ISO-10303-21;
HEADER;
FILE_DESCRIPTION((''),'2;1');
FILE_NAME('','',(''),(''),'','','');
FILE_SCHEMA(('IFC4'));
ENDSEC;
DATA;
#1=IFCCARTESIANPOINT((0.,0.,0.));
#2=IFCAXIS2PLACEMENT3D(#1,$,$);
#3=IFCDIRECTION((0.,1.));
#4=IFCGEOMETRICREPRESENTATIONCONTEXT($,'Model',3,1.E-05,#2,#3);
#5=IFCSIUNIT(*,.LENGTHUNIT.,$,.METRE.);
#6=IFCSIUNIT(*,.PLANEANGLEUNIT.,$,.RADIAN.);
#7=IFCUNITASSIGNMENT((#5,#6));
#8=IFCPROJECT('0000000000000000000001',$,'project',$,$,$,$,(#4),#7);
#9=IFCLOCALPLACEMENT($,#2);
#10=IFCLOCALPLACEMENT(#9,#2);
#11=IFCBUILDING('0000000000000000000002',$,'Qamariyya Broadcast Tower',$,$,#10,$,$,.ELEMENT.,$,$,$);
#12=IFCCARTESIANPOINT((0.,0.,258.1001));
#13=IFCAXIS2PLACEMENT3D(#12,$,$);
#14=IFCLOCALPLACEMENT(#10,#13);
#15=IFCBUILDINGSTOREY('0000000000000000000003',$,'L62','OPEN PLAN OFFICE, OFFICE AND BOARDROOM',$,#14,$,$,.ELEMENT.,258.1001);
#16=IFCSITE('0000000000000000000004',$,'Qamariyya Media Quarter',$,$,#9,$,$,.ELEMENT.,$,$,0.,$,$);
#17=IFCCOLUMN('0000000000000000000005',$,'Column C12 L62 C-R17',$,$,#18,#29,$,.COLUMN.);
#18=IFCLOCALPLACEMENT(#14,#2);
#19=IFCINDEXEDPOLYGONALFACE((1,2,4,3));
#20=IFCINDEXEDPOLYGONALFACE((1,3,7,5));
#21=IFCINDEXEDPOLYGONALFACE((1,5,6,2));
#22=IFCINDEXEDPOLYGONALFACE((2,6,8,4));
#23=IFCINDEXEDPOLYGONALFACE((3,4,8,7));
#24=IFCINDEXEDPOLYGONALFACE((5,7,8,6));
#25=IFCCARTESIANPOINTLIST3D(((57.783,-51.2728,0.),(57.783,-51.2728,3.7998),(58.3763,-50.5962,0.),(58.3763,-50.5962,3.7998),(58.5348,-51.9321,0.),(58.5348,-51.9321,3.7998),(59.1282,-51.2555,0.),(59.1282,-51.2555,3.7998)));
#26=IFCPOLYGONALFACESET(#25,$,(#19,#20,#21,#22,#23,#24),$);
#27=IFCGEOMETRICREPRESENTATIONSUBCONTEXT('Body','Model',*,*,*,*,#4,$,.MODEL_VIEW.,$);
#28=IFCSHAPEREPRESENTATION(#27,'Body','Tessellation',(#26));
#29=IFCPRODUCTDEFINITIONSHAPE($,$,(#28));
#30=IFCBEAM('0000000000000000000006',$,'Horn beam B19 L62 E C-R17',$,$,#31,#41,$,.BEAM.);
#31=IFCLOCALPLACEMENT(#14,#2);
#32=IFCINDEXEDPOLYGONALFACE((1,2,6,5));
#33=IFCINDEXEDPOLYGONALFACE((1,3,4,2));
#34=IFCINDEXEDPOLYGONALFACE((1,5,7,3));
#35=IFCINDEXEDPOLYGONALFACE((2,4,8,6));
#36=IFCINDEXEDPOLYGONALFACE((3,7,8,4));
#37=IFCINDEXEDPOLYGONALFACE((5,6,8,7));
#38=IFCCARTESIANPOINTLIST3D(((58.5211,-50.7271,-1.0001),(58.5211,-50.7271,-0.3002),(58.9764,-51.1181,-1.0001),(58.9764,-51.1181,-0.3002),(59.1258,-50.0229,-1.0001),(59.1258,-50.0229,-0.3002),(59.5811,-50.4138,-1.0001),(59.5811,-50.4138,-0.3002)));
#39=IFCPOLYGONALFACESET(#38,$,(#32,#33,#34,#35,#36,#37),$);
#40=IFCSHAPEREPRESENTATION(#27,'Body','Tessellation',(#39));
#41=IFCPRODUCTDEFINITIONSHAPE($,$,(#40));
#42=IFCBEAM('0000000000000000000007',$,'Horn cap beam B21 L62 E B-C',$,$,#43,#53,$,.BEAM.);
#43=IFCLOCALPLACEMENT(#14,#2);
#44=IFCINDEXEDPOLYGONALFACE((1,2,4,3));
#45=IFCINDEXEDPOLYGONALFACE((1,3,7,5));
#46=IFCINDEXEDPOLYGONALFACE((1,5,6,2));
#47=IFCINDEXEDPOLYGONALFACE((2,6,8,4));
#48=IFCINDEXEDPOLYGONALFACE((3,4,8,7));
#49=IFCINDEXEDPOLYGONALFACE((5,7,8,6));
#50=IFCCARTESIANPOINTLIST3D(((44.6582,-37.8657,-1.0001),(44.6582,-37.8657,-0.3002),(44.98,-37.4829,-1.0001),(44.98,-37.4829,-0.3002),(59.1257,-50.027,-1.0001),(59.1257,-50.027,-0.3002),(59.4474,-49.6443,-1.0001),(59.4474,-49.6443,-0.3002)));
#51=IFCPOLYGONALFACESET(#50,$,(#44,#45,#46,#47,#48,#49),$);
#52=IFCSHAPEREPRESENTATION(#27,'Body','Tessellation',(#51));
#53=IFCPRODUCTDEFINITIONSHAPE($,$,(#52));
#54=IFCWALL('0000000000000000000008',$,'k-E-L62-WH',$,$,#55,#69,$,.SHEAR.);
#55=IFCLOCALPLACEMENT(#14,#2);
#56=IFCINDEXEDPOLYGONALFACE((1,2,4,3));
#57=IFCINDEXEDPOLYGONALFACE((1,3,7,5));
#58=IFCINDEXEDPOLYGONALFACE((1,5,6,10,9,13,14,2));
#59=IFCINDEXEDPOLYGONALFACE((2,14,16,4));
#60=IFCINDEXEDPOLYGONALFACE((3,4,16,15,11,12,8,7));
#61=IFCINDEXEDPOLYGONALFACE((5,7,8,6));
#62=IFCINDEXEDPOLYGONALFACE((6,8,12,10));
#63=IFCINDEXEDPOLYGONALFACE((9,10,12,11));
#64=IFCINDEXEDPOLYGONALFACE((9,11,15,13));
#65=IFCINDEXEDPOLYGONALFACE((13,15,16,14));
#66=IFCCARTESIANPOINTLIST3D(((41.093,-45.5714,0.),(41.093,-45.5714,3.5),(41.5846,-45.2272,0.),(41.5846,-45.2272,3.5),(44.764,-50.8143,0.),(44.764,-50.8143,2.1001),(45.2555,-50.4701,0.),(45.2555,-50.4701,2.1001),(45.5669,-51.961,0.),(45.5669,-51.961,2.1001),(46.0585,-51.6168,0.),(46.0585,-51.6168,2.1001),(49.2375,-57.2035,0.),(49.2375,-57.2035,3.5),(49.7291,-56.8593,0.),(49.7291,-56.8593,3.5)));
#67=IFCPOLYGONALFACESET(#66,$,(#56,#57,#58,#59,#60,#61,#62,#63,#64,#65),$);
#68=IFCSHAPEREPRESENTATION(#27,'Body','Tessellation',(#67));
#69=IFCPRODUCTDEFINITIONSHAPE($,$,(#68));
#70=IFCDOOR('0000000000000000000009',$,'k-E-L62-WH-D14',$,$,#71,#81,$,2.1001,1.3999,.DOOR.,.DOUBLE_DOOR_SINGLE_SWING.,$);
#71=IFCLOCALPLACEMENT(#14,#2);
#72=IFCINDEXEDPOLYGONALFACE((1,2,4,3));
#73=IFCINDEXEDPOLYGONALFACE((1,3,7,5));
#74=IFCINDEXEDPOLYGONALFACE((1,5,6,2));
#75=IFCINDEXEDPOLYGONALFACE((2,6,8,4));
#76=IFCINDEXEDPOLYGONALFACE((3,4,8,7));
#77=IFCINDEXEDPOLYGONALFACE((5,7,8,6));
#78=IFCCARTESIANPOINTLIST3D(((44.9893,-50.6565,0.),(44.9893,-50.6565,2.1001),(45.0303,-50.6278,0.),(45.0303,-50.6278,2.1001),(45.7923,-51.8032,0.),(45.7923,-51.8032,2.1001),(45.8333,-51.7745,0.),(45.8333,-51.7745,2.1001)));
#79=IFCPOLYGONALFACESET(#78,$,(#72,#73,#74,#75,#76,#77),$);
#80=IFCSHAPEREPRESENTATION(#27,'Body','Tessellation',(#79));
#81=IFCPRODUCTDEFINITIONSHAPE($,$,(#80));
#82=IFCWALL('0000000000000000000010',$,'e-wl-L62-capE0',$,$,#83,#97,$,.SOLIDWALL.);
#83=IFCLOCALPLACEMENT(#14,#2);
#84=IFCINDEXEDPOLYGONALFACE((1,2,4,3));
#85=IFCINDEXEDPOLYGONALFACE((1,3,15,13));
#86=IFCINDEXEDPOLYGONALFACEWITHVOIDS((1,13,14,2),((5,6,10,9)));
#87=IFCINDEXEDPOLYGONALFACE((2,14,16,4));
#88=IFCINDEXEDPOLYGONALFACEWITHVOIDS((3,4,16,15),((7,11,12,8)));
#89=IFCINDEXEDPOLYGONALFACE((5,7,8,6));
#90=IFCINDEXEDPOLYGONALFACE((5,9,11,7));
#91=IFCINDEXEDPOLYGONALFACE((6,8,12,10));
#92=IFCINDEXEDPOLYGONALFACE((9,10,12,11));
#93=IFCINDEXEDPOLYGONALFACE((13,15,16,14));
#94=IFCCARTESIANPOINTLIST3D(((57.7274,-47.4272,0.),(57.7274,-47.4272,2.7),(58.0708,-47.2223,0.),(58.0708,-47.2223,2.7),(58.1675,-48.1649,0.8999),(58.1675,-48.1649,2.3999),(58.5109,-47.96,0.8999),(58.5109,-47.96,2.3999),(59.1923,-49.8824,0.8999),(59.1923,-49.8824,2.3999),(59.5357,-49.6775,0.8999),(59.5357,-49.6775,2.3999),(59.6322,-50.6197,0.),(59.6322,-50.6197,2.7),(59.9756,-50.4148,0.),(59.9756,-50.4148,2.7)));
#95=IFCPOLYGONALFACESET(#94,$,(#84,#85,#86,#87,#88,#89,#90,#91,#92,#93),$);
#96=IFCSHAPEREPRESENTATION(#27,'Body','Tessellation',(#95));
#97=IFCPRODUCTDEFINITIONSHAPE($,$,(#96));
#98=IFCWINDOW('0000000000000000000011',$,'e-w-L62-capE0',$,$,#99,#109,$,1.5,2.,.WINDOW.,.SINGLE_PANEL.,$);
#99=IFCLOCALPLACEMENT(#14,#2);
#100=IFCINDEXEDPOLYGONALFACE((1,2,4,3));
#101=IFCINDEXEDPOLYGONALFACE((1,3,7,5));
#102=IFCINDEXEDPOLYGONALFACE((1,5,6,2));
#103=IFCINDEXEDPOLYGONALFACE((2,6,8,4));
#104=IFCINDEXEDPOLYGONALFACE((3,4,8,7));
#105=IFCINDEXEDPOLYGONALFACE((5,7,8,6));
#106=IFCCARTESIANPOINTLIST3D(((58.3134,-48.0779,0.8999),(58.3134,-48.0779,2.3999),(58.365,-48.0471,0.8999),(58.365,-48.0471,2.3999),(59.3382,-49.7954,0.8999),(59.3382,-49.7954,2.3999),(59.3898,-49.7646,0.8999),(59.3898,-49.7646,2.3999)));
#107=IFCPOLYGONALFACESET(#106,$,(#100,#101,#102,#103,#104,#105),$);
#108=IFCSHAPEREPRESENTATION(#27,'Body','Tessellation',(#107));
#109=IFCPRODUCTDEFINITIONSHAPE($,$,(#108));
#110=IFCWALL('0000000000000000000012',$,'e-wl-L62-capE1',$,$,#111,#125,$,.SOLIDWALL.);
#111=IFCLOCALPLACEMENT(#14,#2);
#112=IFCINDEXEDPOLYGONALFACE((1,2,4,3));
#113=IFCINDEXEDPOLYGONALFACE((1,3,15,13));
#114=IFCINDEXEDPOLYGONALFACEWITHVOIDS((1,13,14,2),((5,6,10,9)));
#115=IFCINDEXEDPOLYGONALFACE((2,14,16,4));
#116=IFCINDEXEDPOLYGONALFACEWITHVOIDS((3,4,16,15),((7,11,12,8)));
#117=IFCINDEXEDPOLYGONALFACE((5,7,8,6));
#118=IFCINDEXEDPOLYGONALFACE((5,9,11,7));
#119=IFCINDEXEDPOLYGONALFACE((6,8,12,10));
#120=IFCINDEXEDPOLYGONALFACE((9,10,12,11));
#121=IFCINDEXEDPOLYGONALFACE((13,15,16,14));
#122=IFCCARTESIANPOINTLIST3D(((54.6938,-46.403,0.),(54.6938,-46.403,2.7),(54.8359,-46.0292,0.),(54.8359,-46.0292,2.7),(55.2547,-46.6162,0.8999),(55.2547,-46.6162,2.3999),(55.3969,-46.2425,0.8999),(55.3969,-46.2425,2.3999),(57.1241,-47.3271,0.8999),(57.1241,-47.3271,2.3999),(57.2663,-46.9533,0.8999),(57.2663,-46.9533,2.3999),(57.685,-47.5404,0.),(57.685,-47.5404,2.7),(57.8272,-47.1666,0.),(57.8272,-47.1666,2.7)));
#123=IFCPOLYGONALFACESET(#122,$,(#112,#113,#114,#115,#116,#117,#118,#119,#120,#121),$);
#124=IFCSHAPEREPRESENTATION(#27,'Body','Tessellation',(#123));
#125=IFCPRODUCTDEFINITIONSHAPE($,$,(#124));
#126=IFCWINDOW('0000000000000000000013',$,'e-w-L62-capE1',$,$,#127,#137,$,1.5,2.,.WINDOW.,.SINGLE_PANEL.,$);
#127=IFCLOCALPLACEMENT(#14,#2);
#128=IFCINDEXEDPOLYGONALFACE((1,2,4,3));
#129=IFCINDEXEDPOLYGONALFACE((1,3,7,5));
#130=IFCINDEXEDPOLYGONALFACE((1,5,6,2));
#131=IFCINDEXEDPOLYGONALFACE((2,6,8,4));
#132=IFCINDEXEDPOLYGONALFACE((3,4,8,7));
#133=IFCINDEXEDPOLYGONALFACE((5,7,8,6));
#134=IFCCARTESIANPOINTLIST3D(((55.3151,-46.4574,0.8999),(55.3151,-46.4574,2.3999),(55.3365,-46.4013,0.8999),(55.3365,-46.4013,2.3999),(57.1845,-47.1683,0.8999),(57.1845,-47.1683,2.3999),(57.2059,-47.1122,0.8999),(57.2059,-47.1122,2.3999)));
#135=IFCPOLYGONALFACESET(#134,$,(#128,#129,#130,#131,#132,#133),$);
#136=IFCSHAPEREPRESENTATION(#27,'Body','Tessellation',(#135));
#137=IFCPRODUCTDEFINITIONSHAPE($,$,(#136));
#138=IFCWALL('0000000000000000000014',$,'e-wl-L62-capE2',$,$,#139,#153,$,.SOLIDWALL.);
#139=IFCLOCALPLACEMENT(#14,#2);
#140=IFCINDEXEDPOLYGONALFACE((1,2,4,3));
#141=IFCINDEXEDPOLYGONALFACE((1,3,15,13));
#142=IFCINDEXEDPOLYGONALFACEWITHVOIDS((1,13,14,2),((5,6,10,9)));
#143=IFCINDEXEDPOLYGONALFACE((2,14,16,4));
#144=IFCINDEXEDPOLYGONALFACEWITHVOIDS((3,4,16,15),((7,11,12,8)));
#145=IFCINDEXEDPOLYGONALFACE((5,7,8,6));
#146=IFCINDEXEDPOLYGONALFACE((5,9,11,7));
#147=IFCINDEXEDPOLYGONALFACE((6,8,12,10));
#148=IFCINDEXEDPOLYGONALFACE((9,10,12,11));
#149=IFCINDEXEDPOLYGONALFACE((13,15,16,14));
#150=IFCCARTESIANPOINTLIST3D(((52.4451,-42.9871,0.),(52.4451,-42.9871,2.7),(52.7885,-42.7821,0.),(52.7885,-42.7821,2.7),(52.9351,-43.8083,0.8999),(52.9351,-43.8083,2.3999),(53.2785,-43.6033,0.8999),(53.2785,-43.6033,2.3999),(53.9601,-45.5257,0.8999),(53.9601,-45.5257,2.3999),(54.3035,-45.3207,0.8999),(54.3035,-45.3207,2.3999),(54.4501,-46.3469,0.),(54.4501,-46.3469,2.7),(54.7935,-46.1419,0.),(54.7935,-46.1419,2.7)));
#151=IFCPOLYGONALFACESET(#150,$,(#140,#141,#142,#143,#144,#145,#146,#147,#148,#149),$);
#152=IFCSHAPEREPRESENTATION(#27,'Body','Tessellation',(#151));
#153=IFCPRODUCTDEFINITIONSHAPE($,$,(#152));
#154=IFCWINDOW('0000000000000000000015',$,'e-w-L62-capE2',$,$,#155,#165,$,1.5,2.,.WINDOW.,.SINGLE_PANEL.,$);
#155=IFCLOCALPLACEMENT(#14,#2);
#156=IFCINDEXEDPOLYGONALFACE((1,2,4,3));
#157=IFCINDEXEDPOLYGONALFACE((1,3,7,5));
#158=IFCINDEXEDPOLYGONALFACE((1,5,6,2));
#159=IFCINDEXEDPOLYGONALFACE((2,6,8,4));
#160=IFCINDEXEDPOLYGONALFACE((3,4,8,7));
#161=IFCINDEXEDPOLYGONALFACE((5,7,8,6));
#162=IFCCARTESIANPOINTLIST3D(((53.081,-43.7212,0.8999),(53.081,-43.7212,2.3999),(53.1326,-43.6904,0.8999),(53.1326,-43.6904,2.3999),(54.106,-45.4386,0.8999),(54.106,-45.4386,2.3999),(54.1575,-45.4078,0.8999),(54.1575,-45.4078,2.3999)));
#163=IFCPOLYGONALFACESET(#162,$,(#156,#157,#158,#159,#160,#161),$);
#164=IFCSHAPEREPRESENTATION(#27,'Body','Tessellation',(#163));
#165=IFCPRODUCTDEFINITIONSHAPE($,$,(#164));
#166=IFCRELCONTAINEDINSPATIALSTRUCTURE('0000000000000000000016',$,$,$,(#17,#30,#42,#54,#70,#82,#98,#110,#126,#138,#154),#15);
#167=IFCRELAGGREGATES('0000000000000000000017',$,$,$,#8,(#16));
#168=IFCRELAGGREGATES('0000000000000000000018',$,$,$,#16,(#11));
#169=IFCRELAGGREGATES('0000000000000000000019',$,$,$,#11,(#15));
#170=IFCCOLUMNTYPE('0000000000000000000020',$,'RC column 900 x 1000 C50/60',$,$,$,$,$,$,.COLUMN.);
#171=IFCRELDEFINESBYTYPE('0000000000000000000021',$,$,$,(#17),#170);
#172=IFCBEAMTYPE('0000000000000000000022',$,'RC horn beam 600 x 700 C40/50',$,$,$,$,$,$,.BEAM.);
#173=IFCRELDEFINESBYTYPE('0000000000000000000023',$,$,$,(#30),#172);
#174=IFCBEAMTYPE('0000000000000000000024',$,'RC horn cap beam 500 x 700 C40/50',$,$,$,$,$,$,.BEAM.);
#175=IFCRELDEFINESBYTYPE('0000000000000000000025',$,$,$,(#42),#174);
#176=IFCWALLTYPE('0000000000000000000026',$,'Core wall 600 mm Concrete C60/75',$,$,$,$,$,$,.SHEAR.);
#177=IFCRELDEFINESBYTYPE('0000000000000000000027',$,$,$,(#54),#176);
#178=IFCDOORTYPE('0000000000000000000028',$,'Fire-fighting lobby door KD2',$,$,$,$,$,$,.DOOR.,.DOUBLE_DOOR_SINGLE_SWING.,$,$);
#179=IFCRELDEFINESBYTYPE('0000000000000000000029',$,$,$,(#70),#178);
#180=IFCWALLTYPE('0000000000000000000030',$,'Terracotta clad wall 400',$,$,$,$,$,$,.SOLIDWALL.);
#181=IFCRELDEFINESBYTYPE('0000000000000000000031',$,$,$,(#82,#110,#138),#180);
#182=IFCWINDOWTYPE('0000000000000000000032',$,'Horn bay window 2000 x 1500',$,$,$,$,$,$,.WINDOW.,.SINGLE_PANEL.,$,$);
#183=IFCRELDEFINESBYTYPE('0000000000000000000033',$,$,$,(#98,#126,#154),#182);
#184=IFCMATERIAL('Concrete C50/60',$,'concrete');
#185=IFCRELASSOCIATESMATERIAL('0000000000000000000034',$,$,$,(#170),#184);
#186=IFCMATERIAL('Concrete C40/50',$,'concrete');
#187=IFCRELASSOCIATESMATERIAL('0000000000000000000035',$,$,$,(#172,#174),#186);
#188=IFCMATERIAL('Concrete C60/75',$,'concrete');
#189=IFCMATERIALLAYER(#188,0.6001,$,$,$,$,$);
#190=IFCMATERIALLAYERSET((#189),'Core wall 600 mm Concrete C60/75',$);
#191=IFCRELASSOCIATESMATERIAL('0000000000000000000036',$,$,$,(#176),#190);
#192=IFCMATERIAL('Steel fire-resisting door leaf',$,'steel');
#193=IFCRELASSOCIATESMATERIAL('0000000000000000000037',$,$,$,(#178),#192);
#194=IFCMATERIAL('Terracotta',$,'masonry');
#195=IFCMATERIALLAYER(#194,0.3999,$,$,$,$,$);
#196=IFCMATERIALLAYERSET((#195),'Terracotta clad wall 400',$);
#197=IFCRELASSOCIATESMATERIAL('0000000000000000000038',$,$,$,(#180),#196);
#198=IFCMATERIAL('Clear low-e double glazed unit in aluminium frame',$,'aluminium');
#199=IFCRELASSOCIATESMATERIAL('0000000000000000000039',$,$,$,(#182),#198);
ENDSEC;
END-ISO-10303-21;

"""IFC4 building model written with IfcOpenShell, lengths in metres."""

from ifc_helpers import new_model, si_unit, direction, frame, frame_2d, origin, origin_2d, place, context, subcontext, project, spatial, rectangle, extrude, material, layer, layer_set, material_profile, profile_set, type_object, element, fill, save


model = new_model("IFC4")

# Units and contexts
model_context = context("Model", 3, precision=1e-05, world=origin(), true_north=direction((0.0, 1.0)))
body_context = subcontext(model_context, "Body", "Model", "MODEL_VIEW")
ifc_project = project(units=[si_unit("LENGTHUNIT", "METRE"), si_unit("PLANEANGLEUNIT", "RADIAN")], contexts=[model_context])

# Site, building, storey
site_placement = place(None, origin())
site = spatial("IfcSite", under=ifc_project, at=site_placement, Name="Qamariyya Media Quarter", CompositionType="ELEMENT", RefElevation=0.0)
building_placement = place(site_placement, origin())
building = spatial("IfcBuilding", under=site, at=building_placement, Name="Qamariyya Broadcast Tower", CompositionType="ELEMENT")
storey_placement = place(building_placement, frame((0.0, 0.0, 258.1001)))
storey = spatial("IfcBuildingStorey", under=building, at=storey_placement, Name="L62", Description="OPEN PLAN OFFICE, OFFICE AND BOARDROOM", CompositionType="ELEMENT", Elevation=258.1001)

# Column
ifc_material_1 = material(Name="Concrete C50/60", Category="concrete")
ifc_material_profile_1 = material_profile(ifc_material_1, rectangle(XDim=0.8999, YDim=1.0, at=origin_2d()))
ifc_profile_set_1 = profile_set([ifc_material_profile_1], Name="Concrete C50/60")
column_type = type_object("IfcColumnType", Name="RC column 900 x 1000 C50/60", PredefinedType="COLUMN", material=ifc_profile_set_1)
column_placement = place(storey_placement, frame((58.4556, -51.2642, 0.0), z_axis=(0.0, 0.0, 1.0), x_axis=(0.659346, 0.75184, 0.0)))
element("IfcColumn", 1, at=column_placement, inside=storey, type_object=column_type, Name="Column C12 L62 C-R17", PredefinedType="COLUMN", context=body_context, shape_type="SweptSolid", body=[
    extrude(rectangle(XDim=0.8999, YDim=1.0, at=origin_2d()), origin(), (0.0, 0.0, 1.0), 3.7998),
])

# Beams
ifc_material_2 = material(Name="Concrete C40/50", Category="concrete")
ifc_material_profile_2 = material_profile(ifc_material_2, rectangle(XDim=0.6001, YDim=0.7, at=origin_2d()))
ifc_profile_set_2 = profile_set([ifc_material_profile_2], Name="Concrete C40/50")
beam_type_1 = type_object("IfcBeamType", Name="RC horn beam 600 x 700 C40/50", PredefinedType="BEAM", material=ifc_profile_set_2)
beam_1_placement = place(storey_placement, frame((58.7488, -50.9226, -0.6501), z_axis=(0.651419, 0.758718, 0.0), x_axis=(-0.758718, 0.651419, 0.0)))
element("IfcBeam", 2, at=beam_1_placement, inside=storey, type_object=beam_type_1, Name="Horn beam B19 L62 E C-R17", PredefinedType="BEAM", context=body_context, shape_type="SweptSolid", body=[
    extrude(rectangle(XDim=0.6001, YDim=0.7, at=origin_2d()), origin(), (0.0, 0.0, 1.0), 0.9282),
])
ifc_material_profile_3 = material_profile(ifc_material_2, rectangle(XDim=0.5, YDim=0.7, at=origin_2d()))
ifc_profile_set_3 = profile_set([ifc_material_profile_3], Name="Concrete C40/50")
beam_type_2 = type_object("IfcBeamType", Name="RC horn cap beam 500 x 700 C40/50", PredefinedType="BEAM", material=ifc_profile_set_3)
beam_2_placement = place(storey_placement, frame((44.8191, -37.6743, -0.6501), z_axis=(0.765479, -0.64346, 0.0), x_axis=(0.64346, 0.765479, 0.0)))
element("IfcBeam", 3, at=beam_2_placement, inside=storey, type_object=beam_type_2, Name="Horn cap beam B21 L62 E B-C", PredefinedType="BEAM", context=body_context, shape_type="SweptSolid", body=[
    extrude(rectangle(XDim=0.5, YDim=0.7, at=origin_2d()), origin(), (0.0, 0.0, 1.0), 18.8999),
])

# Wall, opening, door
ifc_material_3 = material(Name="Concrete C60/75", Category="concrete")
ifc_layer_1 = layer(ifc_material_3, 0.6001)
ifc_layer_set_1 = layer_set([ifc_layer_1], Name="Core wall 600 mm Concrete C60/75")
wall_type_1 = type_object("IfcWallType", Name="Core wall 600 mm Concrete C60/75", PredefinedType="SHEAR", material=ifc_layer_set_1)
wall_1_placement = place(storey_placement, frame((49.4834, -57.0315, 0.0), z_axis=(0.0, 0.0, 1.0), x_axis=(-0.57356, 0.819163, 0.0)))
wall_1 = element("IfcWall", 4, at=wall_1_placement, inside=storey, type_object=wall_type_1, Name="k-E-L62-WH", PredefinedType="SHEAR", context=body_context, shape_type="SweptSolid", body=[
    extrude(rectangle(XDim=14.2, YDim=0.6001, at=frame_2d((7.1001, 0.0))), origin(), (0.0, 0.0, 1.0), 3.5),
])
opening_1_placement = place(wall_1_placement, frame((6.3999, 0.0, 0.0)))
opening_1 = element("IfcOpeningElement", 5, at=opening_1_placement, cuts=wall_1, PredefinedType="OPENING", context=body_context, shape_type="SweptSolid", body=[
    extrude(rectangle(XDim=1.3999, YDim=2.1001, at=frame_2d((0.7, 1.05))), frame((0.0, 0.3101, 0.0), z_axis=(0.0, -1.0, 0.0), x_axis=(1.0, 0.0, 0.0)), (0.0, 0.0, 1.0), 0.6201),
])
ifc_material_4 = material(Name="Steel fire-resisting door leaf", Category="steel")
door_type = type_object("IfcDoorType", Name="Fire-fighting lobby door KD2", OperationType="DOUBLE_DOOR_SINGLE_SWING", PredefinedType="DOOR", material=ifc_material_4)
door_placement = place(opening_1_placement, origin())
door = element("IfcDoor", 6, at=door_placement, inside=storey, type_object=door_type, Name="k-E-L62-WH-D14", OperationType="DOUBLE_DOOR_SINGLE_SWING", OverallHeight=2.1001, OverallWidth=1.3999, PredefinedType="DOOR", context=body_context, shape_type="SweptSolid", body=[
    extrude(rectangle(XDim=1.3999, YDim=2.1001, at=frame_2d((0.7, 1.05))), frame((0.0, 0.0249, 0.0), z_axis=(0.0, -1.0, 0.0), x_axis=(1.0, 0.0, 0.0)), (0.0, 0.0, 1.0), 0.05),
])
fill(opening_1, door)

# Walls, openings, windows
ifc_material_5 = material(Name="Terracotta", Category="masonry")
ifc_layer_2 = layer(ifc_material_5, 0.3999)
ifc_layer_set_2 = layer_set([ifc_layer_2], Name="Terracotta clad wall 400")
wall_type_2 = type_object("IfcWallType", Name="Terracotta clad wall 400", PredefinedType="SOLIDWALL", material=ifc_layer_set_2)
wall_2_placement = place(storey_placement, frame((59.804, -50.5173, 0.0), z_axis=(0.0, 0.0, 1.0), x_axis=(-0.512389, 0.858754, 0.0)))
wall_2 = element("IfcWall", 7, at=wall_2_placement, inside=storey, type_object=wall_type_2, Name="e-wl-L62-capE0", PredefinedType="SOLIDWALL", context=body_context, shape_type="SweptSolid", body=[
    extrude(rectangle(XDim=3.7175, YDim=0.3999, at=frame_2d((1.8589, 0.0))), origin(), (0.0, 0.0, 1.0), 2.7),
])
opening_2_placement = place(wall_2_placement, frame((0.8586, 0.0, 0.8999)))
opening_2 = element("IfcOpeningElement", 8, at=opening_2_placement, cuts=wall_2, PredefinedType="OPENING", context=body_context, shape_type="SweptSolid", body=[
    extrude(rectangle(XDim=2.0, YDim=1.5, at=frame_2d((1.0, 0.75))), frame((0.0, 0.21, 0.0), z_axis=(0.0, -1.0, 0.0), x_axis=(1.0, 0.0, 0.0)), (0.0, 0.0, 1.0), 0.4199),
])
ifc_material_6 = material(Name="Clear low-e double glazed unit in aluminium frame", Category="aluminium")
window_type = type_object("IfcWindowType", Name="Horn bay window 2000 x 1500", PartitioningType="SINGLE_PANEL", PredefinedType="WINDOW", material=ifc_material_6)
window_1_placement = place(opening_2_placement, origin())
window_1 = element("IfcWindow", 9, at=window_1_placement, inside=storey, type_object=window_type, Name="e-w-L62-capE0", OverallHeight=1.5, OverallWidth=2.0, PartitioningType="SINGLE_PANEL", PredefinedType="WINDOW", context=body_context, shape_type="SweptSolid", body=[
    extrude(rectangle(XDim=2.0, YDim=1.5, at=frame_2d((1.0, 0.75))), frame((0.0, 0.03, 0.0), z_axis=(0.0, -1.0, 0.0), x_axis=(1.0, 0.0, 0.0)), (0.0, 0.0, 1.0), 0.0601),
])
fill(opening_2, window_1)
wall_3_placement = place(storey_placement, frame((57.7561, -47.3535, 0.0), z_axis=(0.0, 0.0, 1.0), x_axis=(-0.934701, 0.355434, 0.0)))
wall_3 = element("IfcWall", 10, at=wall_3_placement, inside=storey, type_object=wall_type_2, Name="e-wl-L62-capE1", PredefinedType="SOLIDWALL", context=body_context, shape_type="SweptSolid", body=[
    extrude(rectangle(XDim=3.2002, YDim=0.3999, at=frame_2d((1.6001, 0.0))), origin(), (0.0, 0.0, 1.0), 2.7),
])
opening_3_placement = place(wall_3_placement, frame((0.6001, 0.0, 0.8999)))
opening_3 = element("IfcOpeningElement", 11, at=opening_3_placement, cuts=wall_3, PredefinedType="OPENING", context=body_context, shape_type="SweptSolid", body=[
    extrude(rectangle(XDim=2.0, YDim=1.5, at=frame_2d((1.0, 0.75))), frame((0.0, 0.21, 0.0), z_axis=(0.0, -1.0, 0.0), x_axis=(1.0, 0.0, 0.0)), (0.0, 0.0, 1.0), 0.4199),
])
window_2_placement = place(opening_3_placement, origin())
window_2 = element("IfcWindow", 12, at=window_2_placement, inside=storey, type_object=window_type, Name="e-w-L62-capE1", OverallHeight=1.5, OverallWidth=2.0, PartitioningType="SINGLE_PANEL", PredefinedType="WINDOW", context=body_context, shape_type="SweptSolid", body=[
    extrude(rectangle(XDim=2.0, YDim=1.5, at=frame_2d((1.0, 0.75))), frame((0.0, 0.03, 0.0), z_axis=(0.0, -1.0, 0.0), x_axis=(1.0, 0.0, 0.0)), (0.0, 0.0, 1.0), 0.0601),
])
fill(opening_3, window_2)
wall_4_placement = place(storey_placement, frame((54.6218, -46.2444, 0.0), z_axis=(0.0, 0.0, 1.0), x_axis=(-0.512466, 0.858707, 0.0)))
wall_4 = element("IfcWall", 13, at=wall_4_placement, inside=storey, type_object=wall_type_2, Name="e-wl-L62-capE2", PredefinedType="SOLIDWALL", context=body_context, shape_type="SweptSolid", body=[
    extrude(rectangle(XDim=3.9126, YDim=0.3999, at=frame_2d((1.9563, 0.0))), origin(), (0.0, 0.0, 1.0), 2.7),
])
opening_4_placement = place(wall_4_placement, frame((0.9563, 0.0, 0.8999)))
opening_4 = element("IfcOpeningElement", 14, at=opening_4_placement, cuts=wall_4, PredefinedType="OPENING", context=body_context, shape_type="SweptSolid", body=[
    extrude(rectangle(XDim=2.0, YDim=1.5, at=frame_2d((1.0, 0.75))), frame((0.0, 0.21, 0.0), z_axis=(0.0, -1.0, 0.0), x_axis=(1.0, 0.0, 0.0)), (0.0, 0.0, 1.0), 0.4199),
])
window_3_placement = place(opening_4_placement, origin())
window_3 = element("IfcWindow", 15, at=window_3_placement, inside=storey, type_object=window_type, Name="e-w-L62-capE2", OverallHeight=1.5, OverallWidth=2.0, PartitioningType="SINGLE_PANEL", PredefinedType="WINDOW", context=body_context, shape_type="SweptSolid", body=[
    extrude(rectangle(XDim=2.0, YDim=1.5, at=frame_2d((1.0, 0.75))), frame((0.0, 0.03, 0.0), z_axis=(0.0, -1.0, 0.0), x_axis=(1.0, 0.0, 0.0)), (0.0, 0.0, 1.0), 0.0601),
])
fill(opening_4, window_3)

save(model, "model.ifc")
